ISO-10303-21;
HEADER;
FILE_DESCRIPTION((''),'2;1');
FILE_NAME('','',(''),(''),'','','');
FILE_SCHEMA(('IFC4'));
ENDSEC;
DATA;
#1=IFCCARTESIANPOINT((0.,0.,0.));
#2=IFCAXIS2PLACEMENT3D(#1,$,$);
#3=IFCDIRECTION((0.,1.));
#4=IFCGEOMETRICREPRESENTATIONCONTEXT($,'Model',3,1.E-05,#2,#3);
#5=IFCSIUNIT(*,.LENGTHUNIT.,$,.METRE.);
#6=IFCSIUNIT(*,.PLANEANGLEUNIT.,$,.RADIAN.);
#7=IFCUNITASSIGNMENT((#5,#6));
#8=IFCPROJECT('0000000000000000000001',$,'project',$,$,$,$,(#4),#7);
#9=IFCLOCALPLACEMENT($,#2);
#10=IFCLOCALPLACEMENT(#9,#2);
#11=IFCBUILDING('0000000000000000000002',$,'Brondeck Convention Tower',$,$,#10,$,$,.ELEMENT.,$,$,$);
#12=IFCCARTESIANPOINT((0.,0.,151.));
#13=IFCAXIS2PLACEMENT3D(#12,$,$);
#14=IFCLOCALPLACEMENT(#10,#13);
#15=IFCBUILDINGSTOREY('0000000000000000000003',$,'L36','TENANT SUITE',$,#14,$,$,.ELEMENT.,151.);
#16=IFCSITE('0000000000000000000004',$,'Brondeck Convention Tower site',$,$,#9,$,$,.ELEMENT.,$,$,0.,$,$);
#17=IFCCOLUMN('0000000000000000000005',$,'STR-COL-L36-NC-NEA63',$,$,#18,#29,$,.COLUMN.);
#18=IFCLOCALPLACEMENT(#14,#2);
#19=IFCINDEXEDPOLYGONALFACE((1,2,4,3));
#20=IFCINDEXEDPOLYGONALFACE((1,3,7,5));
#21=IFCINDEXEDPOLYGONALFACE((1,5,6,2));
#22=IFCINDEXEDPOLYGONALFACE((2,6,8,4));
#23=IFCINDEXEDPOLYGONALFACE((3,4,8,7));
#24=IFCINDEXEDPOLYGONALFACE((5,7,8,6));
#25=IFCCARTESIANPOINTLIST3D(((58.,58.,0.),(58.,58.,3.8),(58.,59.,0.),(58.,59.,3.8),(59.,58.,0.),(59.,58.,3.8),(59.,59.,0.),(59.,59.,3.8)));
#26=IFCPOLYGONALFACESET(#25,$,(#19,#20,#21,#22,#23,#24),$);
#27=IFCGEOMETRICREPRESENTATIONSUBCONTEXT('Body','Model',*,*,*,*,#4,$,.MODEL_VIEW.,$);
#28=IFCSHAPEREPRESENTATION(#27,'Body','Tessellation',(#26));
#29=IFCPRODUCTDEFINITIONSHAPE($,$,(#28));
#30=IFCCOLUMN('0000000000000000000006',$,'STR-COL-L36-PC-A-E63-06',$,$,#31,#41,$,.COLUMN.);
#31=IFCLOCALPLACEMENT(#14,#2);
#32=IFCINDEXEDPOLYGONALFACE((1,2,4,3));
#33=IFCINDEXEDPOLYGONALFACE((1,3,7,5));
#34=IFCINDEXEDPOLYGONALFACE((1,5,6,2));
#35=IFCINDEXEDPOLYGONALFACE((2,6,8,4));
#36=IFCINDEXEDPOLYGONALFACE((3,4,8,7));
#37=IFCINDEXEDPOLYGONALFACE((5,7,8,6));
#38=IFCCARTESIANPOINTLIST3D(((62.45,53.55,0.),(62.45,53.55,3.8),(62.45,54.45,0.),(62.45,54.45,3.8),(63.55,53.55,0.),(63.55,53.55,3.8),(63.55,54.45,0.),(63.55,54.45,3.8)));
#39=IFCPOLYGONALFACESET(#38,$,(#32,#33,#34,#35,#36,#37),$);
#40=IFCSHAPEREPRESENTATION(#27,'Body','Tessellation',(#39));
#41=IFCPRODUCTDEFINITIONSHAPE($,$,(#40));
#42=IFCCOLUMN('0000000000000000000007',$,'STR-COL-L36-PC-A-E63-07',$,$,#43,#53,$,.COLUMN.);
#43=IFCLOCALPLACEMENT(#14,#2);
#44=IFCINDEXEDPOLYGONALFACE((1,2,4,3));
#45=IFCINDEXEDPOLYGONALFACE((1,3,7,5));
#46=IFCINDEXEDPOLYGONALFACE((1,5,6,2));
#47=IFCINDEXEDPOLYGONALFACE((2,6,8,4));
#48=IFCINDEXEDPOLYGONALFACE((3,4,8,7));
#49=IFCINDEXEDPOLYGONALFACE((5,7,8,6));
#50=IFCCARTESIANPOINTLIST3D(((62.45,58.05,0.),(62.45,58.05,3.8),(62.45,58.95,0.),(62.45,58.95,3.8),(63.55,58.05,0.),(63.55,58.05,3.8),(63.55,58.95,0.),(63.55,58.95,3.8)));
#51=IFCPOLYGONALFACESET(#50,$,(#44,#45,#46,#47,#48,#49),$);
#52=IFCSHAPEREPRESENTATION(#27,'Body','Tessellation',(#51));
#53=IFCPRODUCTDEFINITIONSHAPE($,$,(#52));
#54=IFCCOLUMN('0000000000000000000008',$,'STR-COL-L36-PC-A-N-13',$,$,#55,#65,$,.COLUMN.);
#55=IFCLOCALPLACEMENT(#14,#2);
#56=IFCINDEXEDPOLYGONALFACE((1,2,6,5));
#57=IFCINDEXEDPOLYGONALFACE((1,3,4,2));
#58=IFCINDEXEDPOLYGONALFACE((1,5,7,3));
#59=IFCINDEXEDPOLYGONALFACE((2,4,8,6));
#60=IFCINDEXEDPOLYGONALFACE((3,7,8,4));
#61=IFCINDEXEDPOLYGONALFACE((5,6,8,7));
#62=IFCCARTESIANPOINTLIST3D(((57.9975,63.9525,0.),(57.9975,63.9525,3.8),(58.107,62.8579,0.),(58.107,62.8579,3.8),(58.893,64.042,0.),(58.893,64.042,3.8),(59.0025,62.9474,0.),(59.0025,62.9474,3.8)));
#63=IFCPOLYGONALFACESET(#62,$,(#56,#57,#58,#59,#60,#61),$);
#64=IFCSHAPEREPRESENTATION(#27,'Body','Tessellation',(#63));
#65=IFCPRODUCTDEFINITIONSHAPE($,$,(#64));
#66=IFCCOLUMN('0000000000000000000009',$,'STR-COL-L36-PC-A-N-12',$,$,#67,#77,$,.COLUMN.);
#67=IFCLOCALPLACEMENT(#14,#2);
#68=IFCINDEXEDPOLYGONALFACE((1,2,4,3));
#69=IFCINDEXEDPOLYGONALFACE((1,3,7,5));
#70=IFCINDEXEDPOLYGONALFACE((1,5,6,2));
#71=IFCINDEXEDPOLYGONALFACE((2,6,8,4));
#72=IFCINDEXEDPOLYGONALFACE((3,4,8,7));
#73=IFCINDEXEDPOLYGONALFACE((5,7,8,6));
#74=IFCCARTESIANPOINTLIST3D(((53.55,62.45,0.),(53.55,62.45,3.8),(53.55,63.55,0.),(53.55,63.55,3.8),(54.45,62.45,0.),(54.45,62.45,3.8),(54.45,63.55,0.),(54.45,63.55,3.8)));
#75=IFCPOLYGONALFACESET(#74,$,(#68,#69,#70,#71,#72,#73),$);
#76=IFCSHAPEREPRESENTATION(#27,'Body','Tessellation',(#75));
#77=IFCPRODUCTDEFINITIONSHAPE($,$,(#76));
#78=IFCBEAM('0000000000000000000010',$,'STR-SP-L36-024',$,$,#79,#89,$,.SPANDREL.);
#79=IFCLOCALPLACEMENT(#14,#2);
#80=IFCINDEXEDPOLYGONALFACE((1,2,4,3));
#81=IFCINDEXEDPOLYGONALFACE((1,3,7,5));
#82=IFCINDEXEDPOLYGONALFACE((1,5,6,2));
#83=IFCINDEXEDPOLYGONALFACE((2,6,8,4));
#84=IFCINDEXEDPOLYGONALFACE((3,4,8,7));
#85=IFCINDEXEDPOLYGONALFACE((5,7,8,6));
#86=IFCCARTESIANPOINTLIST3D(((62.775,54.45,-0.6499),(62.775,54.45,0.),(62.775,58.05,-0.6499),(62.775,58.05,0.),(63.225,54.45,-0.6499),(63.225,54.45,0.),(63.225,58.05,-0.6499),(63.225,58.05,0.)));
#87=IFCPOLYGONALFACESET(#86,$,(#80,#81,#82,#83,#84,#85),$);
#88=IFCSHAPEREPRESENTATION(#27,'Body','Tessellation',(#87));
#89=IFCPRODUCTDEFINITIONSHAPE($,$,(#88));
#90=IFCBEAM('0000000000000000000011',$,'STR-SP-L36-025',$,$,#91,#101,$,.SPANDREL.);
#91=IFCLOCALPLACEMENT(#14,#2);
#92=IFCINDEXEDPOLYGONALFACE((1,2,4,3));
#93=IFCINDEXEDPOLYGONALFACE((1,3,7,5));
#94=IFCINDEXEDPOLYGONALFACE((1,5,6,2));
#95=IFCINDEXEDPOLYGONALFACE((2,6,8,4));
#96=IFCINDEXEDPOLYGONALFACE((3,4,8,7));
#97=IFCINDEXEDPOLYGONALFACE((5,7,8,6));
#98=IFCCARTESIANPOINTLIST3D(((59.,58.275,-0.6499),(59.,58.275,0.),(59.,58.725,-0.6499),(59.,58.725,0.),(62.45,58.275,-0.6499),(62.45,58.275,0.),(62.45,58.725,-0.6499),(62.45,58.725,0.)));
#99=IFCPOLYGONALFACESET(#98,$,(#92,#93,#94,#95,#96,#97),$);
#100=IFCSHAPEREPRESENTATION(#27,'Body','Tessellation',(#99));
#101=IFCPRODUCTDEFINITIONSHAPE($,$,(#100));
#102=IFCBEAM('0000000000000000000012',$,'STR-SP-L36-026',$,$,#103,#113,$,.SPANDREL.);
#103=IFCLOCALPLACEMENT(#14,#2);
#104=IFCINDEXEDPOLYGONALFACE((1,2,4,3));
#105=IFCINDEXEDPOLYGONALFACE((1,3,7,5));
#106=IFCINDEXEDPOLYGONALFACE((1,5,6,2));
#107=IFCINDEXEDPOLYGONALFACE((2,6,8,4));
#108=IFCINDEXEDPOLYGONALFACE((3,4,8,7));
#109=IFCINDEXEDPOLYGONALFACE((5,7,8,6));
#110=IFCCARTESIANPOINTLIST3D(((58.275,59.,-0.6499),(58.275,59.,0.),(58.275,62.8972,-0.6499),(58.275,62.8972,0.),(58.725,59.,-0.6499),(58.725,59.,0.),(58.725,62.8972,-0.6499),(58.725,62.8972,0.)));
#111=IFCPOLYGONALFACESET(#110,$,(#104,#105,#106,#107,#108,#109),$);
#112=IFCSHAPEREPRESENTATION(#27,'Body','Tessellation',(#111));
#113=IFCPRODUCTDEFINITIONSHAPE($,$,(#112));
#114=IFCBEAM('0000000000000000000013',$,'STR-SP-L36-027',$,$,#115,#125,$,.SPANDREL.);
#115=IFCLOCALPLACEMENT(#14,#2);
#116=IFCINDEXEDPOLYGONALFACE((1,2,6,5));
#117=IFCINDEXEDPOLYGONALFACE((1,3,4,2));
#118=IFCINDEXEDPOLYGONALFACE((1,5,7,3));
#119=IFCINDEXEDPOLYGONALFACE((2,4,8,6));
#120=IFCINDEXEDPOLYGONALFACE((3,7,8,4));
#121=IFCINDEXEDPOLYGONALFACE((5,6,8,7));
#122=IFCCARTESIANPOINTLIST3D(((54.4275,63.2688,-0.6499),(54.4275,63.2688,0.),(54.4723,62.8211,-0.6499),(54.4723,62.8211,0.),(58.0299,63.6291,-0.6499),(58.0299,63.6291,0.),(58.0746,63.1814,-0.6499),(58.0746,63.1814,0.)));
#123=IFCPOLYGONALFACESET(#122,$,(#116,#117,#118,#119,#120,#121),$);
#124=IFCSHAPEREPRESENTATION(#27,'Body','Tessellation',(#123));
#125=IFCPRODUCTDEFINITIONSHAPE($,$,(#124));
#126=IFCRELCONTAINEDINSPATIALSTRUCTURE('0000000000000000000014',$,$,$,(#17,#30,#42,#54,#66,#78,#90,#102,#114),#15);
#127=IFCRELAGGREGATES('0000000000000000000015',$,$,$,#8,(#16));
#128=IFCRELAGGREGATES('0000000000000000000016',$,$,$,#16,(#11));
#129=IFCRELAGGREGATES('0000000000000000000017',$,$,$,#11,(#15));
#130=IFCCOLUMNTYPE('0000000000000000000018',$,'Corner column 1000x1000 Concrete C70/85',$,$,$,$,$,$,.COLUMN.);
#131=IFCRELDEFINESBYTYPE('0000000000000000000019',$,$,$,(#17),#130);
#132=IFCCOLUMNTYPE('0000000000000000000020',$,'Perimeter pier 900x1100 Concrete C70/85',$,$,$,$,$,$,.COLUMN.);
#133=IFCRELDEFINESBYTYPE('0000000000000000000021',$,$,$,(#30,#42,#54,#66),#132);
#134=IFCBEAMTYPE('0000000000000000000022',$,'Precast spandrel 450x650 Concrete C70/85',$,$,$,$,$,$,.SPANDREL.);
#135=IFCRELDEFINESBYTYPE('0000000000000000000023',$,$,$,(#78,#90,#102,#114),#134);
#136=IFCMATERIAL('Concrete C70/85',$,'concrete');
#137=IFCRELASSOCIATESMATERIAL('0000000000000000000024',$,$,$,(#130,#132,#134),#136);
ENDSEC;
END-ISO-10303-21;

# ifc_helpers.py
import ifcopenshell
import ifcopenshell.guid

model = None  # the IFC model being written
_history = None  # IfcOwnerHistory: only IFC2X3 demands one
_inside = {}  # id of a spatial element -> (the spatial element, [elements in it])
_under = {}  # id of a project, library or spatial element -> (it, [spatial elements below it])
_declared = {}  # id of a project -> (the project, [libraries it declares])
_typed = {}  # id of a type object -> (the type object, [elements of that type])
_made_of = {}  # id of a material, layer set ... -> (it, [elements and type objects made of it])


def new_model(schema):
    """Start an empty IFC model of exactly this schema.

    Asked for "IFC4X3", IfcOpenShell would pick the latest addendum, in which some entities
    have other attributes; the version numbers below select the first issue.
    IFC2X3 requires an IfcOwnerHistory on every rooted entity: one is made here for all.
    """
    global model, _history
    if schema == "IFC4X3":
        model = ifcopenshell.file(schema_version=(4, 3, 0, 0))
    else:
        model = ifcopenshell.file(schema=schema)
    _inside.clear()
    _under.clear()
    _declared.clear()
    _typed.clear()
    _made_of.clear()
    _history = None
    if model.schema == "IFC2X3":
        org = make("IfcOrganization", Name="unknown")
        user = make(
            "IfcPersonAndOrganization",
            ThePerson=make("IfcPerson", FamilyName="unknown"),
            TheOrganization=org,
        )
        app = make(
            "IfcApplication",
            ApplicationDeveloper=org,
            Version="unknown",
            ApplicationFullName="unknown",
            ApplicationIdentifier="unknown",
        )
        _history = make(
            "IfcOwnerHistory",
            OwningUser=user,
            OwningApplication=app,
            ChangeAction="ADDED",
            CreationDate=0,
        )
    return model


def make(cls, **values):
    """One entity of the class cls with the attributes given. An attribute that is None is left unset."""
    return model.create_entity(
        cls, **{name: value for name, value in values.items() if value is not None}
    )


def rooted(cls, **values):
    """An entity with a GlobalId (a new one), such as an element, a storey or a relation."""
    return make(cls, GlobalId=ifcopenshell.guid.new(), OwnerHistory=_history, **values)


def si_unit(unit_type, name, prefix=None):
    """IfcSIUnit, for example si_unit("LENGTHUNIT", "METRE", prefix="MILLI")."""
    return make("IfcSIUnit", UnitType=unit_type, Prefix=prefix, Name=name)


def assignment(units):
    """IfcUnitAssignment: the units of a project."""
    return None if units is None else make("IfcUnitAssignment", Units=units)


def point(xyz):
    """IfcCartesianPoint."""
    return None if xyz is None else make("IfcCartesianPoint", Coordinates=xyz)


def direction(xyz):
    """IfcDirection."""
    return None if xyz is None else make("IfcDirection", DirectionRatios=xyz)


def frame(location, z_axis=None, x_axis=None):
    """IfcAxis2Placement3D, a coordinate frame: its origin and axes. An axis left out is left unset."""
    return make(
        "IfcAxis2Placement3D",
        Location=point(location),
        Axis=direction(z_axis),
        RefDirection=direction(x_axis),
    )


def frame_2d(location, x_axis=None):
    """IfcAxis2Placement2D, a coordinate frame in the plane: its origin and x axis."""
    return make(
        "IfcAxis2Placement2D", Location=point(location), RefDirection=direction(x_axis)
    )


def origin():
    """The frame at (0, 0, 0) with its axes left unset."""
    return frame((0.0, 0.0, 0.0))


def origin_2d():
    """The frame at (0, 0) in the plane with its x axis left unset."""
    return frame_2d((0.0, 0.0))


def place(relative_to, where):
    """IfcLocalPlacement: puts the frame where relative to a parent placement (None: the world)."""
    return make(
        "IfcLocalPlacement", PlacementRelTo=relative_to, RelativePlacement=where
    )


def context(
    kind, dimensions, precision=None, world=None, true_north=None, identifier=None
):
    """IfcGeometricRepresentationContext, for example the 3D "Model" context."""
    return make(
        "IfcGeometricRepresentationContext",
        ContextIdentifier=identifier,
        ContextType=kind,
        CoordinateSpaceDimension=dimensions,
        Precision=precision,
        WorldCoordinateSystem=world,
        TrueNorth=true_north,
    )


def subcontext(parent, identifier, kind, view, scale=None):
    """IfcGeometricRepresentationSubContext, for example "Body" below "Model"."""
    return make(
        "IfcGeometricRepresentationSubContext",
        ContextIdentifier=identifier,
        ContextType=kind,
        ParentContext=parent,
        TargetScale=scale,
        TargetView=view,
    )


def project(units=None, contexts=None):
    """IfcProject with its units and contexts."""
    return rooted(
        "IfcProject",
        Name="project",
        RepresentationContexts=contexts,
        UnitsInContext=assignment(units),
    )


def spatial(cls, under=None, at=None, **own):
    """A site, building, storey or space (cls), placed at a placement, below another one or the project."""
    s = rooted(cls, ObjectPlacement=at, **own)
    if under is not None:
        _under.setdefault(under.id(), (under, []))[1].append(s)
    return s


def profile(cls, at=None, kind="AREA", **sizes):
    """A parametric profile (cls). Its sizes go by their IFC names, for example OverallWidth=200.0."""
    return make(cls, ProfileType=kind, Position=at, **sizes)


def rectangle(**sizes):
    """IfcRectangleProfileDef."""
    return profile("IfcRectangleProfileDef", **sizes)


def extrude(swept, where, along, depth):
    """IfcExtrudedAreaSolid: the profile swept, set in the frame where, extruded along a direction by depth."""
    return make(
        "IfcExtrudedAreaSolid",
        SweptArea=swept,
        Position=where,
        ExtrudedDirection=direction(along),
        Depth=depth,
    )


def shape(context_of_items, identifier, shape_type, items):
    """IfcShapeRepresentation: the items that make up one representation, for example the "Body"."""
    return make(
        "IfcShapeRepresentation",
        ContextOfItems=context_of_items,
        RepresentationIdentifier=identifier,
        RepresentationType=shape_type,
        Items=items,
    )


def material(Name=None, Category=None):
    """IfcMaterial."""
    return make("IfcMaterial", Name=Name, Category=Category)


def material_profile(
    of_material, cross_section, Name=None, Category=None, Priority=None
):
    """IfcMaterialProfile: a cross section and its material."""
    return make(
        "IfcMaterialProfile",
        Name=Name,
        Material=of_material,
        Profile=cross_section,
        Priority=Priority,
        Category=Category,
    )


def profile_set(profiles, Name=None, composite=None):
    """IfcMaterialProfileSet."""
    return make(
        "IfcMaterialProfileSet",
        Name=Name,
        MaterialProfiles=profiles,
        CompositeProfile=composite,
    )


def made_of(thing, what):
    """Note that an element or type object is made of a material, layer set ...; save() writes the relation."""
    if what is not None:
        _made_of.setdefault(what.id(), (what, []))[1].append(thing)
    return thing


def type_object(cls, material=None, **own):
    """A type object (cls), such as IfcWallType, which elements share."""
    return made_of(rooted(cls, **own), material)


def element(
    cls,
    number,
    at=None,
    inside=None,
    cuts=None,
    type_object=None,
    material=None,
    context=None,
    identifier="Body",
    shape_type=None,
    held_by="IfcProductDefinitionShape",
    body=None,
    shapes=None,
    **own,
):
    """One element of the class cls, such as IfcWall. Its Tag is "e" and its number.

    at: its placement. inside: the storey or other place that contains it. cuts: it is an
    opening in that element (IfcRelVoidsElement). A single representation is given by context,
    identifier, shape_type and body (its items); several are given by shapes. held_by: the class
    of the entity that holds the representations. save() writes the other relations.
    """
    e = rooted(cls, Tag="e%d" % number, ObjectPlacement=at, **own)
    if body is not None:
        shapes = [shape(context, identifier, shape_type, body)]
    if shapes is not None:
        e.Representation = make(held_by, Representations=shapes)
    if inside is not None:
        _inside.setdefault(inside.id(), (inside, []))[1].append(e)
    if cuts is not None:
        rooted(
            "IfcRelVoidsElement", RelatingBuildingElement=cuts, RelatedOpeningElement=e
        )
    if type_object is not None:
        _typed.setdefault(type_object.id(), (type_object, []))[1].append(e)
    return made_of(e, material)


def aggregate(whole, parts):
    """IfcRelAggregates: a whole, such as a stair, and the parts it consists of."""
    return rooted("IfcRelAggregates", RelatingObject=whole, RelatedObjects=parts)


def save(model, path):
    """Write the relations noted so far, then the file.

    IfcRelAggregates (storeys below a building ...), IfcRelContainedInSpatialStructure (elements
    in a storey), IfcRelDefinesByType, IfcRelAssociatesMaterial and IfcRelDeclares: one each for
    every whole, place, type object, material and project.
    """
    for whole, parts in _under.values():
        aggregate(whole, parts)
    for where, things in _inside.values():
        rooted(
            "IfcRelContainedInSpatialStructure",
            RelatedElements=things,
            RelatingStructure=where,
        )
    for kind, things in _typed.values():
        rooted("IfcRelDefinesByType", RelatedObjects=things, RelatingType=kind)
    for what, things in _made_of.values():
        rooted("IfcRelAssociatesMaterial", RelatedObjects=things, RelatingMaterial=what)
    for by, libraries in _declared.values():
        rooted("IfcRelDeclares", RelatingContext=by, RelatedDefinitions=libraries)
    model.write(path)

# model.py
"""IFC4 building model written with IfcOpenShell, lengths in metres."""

from ifc_helpers import new_model, si_unit, direction, frame, origin, origin_2d, place, context, subcontext, project, spatial, rectangle, extrude, material, material_profile, profile_set, type_object, element, save


model = new_model("IFC4")

# Units and contexts
model_context = context("Model", 3, precision=1e-05, world=origin(), true_north=direction((0.0, 1.0)))
body_context = subcontext(model_context, "Body", "Model", "MODEL_VIEW")
ifc_project = project(units=[si_unit("LENGTHUNIT", "METRE"), si_unit("PLANEANGLEUNIT", "RADIAN")], contexts=[model_context])

# Site, building, storey
site_placement = place(None, origin())
site = spatial("IfcSite", under=ifc_project, at=site_placement, Name="Brondeck Convention Tower site", CompositionType="ELEMENT", RefElevation=0.0)
building_placement = place(site_placement, origin())
building = spatial("IfcBuilding", under=site, at=building_placement, Name="Brondeck Convention Tower", CompositionType="ELEMENT")
storey_placement = place(building_placement, frame((0.0, 0.0, 151.0)))
storey = spatial("IfcBuildingStorey", under=building, at=storey_placement, Name="L36", Description="TENANT SUITE", CompositionType="ELEMENT", Elevation=151.0)

# Columns
ifc_material_1 = material(Name="Concrete C70/85", Category="concrete")
ifc_material_profile_1 = material_profile(ifc_material_1, rectangle(XDim=1.0, YDim=1.0, at=origin_2d()), Name="Corner column 1000x1000 Concrete C70/85")
ifc_profile_set_1 = profile_set([ifc_material_profile_1], Name="Concrete C70/85")
column_type_1 = type_object("IfcColumnType", Name="Corner column 1000x1000 Concrete C70/85", PredefinedType="COLUMN", material=ifc_profile_set_1)
column_placement = place(storey_placement, frame((58.5, 58.5, 0.0), z_axis=(0.0, 0.0, 1.0), x_axis=(1.0, 0.0, 0.0)))
element("IfcColumn", 1, at=column_placement, inside=storey, type_object=column_type_1, Name="STR-COL-L36-NC-NEA63", PredefinedType="COLUMN", context=body_context, shape_type="SweptSolid", body=[
    extrude(rectangle(XDim=1.0, YDim=1.0, at=origin_2d()), origin(), (0.0, 0.0, 1.0), 3.8),
])
ifc_material_profile_2 = material_profile(ifc_material_1, rectangle(XDim=0.8999, YDim=1.1001, at=origin_2d()), Name="Perimeter pier 900x1100 Concrete C70/85")
ifc_profile_set_2 = profile_set([ifc_material_profile_2], Name="Concrete C70/85")
column_type_2 = type_object("IfcColumnType", Name="Perimeter pier 900x1100 Concrete C70/85", PredefinedType="COLUMN", material=ifc_profile_set_2)
for number, where, z_axis, x_axis, name in (
    (2, (63.0, 54.0, 0.0), (0.0, 0.0, 1.0), (0.0, 1.0, 0.0), "STR-COL-L36-PC-A-E63-06"),
    (3, (63.0, 58.5, 0.0), (0.0, 0.0, 1.0), (0.0, 1.0, 0.0), "STR-COL-L36-PC-A-E63-07"),
    (4, (58.5, 63.45, 0.0), (0.0, 0.0, 1.0), (-0.995037, -0.099504, 0.0), "STR-COL-L36-PC-A-N-13"),
    (5, (54.0, 63.0, 0.0), (0.0, 0.0, 1.0), (-1.0, 0.0, 0.0), "STR-COL-L36-PC-A-N-12"),
):
    element("IfcColumn", number, at=place(storey_placement, frame(where, z_axis=z_axis, x_axis=x_axis)), inside=storey, type_object=column_type_2, Name=name, PredefinedType="COLUMN", context=body_context, shape_type="SweptSolid", body=[
        extrude(rectangle(XDim=0.8999, YDim=1.1001, at=origin_2d()), origin(), (0.0, 0.0, 1.0), 3.8),
    ])

# Beams
ifc_material_profile_3 = material_profile(ifc_material_1, rectangle(XDim=0.45, YDim=0.6499, at=origin_2d()), Name="Precast spandrel 450x650 Concrete C70/85")
ifc_profile_set_3 = profile_set([ifc_material_profile_3], Name="Concrete C70/85")
beam_type = type_object("IfcBeamType", Name="Precast spandrel 450x650 Concrete C70/85", PredefinedType="SPANDREL", material=ifc_profile_set_3)
beam_1_placement = place(storey_placement, frame((63.0, 54.45, -0.325), z_axis=(0.0, 1.0, 0.0), x_axis=(-1.0, 0.0, 0.0)))
element("IfcBeam", 6, at=beam_1_placement, inside=storey, type_object=beam_type, Name="STR-SP-L36-024", PredefinedType="SPANDREL", context=body_context, shape_type="SweptSolid", body=[
    extrude(rectangle(XDim=0.45, YDim=0.6499, at=origin_2d()), origin(), (0.0, 0.0, 1.0), 3.6001),
])
beam_2_placement = place(storey_placement, frame((62.45, 58.5, -0.325), z_axis=(-1.0, 0.0, 0.0), x_axis=(0.0, -1.0, 0.0)))
element("IfcBeam", 7, at=beam_2_placement, inside=storey, type_object=beam_type, Name="STR-SP-L36-025", PredefinedType="SPANDREL", context=body_context, shape_type="SweptSolid", body=[
    extrude(rectangle(XDim=0.45, YDim=0.6499, at=origin_2d()), origin(), (0.0, 0.0, 1.0), 3.45),
])
beam_3_placement = place(storey_placement, frame((58.5, 59.0, -0.325), z_axis=(0.0, 1.0, 0.0), x_axis=(-1.0, 0.0, 0.0)))
element("IfcBeam", 8, at=beam_3_placement, inside=storey, type_object=beam_type, Name="STR-SP-L36-026", PredefinedType="SPANDREL", context=body_context, shape_type="SweptSolid", body=[
    extrude(rectangle(XDim=0.45, YDim=0.6499, at=origin_2d()), origin(), (0.0, 0.0, 1.0), 3.8972),
])
beam_4_placement = place(storey_placement, frame((58.0522, 63.4053, -0.325), z_axis=(-0.995034, -0.099537, 0.0), x_axis=(0.099537, -0.995034, 0.0)))
element("IfcBeam", 9, at=beam_4_placement, inside=storey, type_object=beam_type, Name="STR-SP-L36-027", PredefinedType="SPANDREL", context=body_context, shape_type="SweptSolid", body=[
    extrude(rectangle(XDim=0.45, YDim=0.6499, at=origin_2d()), origin(), (0.0, 0.0, 1.0), 3.6204),
])

save(model, "model.ifc")
